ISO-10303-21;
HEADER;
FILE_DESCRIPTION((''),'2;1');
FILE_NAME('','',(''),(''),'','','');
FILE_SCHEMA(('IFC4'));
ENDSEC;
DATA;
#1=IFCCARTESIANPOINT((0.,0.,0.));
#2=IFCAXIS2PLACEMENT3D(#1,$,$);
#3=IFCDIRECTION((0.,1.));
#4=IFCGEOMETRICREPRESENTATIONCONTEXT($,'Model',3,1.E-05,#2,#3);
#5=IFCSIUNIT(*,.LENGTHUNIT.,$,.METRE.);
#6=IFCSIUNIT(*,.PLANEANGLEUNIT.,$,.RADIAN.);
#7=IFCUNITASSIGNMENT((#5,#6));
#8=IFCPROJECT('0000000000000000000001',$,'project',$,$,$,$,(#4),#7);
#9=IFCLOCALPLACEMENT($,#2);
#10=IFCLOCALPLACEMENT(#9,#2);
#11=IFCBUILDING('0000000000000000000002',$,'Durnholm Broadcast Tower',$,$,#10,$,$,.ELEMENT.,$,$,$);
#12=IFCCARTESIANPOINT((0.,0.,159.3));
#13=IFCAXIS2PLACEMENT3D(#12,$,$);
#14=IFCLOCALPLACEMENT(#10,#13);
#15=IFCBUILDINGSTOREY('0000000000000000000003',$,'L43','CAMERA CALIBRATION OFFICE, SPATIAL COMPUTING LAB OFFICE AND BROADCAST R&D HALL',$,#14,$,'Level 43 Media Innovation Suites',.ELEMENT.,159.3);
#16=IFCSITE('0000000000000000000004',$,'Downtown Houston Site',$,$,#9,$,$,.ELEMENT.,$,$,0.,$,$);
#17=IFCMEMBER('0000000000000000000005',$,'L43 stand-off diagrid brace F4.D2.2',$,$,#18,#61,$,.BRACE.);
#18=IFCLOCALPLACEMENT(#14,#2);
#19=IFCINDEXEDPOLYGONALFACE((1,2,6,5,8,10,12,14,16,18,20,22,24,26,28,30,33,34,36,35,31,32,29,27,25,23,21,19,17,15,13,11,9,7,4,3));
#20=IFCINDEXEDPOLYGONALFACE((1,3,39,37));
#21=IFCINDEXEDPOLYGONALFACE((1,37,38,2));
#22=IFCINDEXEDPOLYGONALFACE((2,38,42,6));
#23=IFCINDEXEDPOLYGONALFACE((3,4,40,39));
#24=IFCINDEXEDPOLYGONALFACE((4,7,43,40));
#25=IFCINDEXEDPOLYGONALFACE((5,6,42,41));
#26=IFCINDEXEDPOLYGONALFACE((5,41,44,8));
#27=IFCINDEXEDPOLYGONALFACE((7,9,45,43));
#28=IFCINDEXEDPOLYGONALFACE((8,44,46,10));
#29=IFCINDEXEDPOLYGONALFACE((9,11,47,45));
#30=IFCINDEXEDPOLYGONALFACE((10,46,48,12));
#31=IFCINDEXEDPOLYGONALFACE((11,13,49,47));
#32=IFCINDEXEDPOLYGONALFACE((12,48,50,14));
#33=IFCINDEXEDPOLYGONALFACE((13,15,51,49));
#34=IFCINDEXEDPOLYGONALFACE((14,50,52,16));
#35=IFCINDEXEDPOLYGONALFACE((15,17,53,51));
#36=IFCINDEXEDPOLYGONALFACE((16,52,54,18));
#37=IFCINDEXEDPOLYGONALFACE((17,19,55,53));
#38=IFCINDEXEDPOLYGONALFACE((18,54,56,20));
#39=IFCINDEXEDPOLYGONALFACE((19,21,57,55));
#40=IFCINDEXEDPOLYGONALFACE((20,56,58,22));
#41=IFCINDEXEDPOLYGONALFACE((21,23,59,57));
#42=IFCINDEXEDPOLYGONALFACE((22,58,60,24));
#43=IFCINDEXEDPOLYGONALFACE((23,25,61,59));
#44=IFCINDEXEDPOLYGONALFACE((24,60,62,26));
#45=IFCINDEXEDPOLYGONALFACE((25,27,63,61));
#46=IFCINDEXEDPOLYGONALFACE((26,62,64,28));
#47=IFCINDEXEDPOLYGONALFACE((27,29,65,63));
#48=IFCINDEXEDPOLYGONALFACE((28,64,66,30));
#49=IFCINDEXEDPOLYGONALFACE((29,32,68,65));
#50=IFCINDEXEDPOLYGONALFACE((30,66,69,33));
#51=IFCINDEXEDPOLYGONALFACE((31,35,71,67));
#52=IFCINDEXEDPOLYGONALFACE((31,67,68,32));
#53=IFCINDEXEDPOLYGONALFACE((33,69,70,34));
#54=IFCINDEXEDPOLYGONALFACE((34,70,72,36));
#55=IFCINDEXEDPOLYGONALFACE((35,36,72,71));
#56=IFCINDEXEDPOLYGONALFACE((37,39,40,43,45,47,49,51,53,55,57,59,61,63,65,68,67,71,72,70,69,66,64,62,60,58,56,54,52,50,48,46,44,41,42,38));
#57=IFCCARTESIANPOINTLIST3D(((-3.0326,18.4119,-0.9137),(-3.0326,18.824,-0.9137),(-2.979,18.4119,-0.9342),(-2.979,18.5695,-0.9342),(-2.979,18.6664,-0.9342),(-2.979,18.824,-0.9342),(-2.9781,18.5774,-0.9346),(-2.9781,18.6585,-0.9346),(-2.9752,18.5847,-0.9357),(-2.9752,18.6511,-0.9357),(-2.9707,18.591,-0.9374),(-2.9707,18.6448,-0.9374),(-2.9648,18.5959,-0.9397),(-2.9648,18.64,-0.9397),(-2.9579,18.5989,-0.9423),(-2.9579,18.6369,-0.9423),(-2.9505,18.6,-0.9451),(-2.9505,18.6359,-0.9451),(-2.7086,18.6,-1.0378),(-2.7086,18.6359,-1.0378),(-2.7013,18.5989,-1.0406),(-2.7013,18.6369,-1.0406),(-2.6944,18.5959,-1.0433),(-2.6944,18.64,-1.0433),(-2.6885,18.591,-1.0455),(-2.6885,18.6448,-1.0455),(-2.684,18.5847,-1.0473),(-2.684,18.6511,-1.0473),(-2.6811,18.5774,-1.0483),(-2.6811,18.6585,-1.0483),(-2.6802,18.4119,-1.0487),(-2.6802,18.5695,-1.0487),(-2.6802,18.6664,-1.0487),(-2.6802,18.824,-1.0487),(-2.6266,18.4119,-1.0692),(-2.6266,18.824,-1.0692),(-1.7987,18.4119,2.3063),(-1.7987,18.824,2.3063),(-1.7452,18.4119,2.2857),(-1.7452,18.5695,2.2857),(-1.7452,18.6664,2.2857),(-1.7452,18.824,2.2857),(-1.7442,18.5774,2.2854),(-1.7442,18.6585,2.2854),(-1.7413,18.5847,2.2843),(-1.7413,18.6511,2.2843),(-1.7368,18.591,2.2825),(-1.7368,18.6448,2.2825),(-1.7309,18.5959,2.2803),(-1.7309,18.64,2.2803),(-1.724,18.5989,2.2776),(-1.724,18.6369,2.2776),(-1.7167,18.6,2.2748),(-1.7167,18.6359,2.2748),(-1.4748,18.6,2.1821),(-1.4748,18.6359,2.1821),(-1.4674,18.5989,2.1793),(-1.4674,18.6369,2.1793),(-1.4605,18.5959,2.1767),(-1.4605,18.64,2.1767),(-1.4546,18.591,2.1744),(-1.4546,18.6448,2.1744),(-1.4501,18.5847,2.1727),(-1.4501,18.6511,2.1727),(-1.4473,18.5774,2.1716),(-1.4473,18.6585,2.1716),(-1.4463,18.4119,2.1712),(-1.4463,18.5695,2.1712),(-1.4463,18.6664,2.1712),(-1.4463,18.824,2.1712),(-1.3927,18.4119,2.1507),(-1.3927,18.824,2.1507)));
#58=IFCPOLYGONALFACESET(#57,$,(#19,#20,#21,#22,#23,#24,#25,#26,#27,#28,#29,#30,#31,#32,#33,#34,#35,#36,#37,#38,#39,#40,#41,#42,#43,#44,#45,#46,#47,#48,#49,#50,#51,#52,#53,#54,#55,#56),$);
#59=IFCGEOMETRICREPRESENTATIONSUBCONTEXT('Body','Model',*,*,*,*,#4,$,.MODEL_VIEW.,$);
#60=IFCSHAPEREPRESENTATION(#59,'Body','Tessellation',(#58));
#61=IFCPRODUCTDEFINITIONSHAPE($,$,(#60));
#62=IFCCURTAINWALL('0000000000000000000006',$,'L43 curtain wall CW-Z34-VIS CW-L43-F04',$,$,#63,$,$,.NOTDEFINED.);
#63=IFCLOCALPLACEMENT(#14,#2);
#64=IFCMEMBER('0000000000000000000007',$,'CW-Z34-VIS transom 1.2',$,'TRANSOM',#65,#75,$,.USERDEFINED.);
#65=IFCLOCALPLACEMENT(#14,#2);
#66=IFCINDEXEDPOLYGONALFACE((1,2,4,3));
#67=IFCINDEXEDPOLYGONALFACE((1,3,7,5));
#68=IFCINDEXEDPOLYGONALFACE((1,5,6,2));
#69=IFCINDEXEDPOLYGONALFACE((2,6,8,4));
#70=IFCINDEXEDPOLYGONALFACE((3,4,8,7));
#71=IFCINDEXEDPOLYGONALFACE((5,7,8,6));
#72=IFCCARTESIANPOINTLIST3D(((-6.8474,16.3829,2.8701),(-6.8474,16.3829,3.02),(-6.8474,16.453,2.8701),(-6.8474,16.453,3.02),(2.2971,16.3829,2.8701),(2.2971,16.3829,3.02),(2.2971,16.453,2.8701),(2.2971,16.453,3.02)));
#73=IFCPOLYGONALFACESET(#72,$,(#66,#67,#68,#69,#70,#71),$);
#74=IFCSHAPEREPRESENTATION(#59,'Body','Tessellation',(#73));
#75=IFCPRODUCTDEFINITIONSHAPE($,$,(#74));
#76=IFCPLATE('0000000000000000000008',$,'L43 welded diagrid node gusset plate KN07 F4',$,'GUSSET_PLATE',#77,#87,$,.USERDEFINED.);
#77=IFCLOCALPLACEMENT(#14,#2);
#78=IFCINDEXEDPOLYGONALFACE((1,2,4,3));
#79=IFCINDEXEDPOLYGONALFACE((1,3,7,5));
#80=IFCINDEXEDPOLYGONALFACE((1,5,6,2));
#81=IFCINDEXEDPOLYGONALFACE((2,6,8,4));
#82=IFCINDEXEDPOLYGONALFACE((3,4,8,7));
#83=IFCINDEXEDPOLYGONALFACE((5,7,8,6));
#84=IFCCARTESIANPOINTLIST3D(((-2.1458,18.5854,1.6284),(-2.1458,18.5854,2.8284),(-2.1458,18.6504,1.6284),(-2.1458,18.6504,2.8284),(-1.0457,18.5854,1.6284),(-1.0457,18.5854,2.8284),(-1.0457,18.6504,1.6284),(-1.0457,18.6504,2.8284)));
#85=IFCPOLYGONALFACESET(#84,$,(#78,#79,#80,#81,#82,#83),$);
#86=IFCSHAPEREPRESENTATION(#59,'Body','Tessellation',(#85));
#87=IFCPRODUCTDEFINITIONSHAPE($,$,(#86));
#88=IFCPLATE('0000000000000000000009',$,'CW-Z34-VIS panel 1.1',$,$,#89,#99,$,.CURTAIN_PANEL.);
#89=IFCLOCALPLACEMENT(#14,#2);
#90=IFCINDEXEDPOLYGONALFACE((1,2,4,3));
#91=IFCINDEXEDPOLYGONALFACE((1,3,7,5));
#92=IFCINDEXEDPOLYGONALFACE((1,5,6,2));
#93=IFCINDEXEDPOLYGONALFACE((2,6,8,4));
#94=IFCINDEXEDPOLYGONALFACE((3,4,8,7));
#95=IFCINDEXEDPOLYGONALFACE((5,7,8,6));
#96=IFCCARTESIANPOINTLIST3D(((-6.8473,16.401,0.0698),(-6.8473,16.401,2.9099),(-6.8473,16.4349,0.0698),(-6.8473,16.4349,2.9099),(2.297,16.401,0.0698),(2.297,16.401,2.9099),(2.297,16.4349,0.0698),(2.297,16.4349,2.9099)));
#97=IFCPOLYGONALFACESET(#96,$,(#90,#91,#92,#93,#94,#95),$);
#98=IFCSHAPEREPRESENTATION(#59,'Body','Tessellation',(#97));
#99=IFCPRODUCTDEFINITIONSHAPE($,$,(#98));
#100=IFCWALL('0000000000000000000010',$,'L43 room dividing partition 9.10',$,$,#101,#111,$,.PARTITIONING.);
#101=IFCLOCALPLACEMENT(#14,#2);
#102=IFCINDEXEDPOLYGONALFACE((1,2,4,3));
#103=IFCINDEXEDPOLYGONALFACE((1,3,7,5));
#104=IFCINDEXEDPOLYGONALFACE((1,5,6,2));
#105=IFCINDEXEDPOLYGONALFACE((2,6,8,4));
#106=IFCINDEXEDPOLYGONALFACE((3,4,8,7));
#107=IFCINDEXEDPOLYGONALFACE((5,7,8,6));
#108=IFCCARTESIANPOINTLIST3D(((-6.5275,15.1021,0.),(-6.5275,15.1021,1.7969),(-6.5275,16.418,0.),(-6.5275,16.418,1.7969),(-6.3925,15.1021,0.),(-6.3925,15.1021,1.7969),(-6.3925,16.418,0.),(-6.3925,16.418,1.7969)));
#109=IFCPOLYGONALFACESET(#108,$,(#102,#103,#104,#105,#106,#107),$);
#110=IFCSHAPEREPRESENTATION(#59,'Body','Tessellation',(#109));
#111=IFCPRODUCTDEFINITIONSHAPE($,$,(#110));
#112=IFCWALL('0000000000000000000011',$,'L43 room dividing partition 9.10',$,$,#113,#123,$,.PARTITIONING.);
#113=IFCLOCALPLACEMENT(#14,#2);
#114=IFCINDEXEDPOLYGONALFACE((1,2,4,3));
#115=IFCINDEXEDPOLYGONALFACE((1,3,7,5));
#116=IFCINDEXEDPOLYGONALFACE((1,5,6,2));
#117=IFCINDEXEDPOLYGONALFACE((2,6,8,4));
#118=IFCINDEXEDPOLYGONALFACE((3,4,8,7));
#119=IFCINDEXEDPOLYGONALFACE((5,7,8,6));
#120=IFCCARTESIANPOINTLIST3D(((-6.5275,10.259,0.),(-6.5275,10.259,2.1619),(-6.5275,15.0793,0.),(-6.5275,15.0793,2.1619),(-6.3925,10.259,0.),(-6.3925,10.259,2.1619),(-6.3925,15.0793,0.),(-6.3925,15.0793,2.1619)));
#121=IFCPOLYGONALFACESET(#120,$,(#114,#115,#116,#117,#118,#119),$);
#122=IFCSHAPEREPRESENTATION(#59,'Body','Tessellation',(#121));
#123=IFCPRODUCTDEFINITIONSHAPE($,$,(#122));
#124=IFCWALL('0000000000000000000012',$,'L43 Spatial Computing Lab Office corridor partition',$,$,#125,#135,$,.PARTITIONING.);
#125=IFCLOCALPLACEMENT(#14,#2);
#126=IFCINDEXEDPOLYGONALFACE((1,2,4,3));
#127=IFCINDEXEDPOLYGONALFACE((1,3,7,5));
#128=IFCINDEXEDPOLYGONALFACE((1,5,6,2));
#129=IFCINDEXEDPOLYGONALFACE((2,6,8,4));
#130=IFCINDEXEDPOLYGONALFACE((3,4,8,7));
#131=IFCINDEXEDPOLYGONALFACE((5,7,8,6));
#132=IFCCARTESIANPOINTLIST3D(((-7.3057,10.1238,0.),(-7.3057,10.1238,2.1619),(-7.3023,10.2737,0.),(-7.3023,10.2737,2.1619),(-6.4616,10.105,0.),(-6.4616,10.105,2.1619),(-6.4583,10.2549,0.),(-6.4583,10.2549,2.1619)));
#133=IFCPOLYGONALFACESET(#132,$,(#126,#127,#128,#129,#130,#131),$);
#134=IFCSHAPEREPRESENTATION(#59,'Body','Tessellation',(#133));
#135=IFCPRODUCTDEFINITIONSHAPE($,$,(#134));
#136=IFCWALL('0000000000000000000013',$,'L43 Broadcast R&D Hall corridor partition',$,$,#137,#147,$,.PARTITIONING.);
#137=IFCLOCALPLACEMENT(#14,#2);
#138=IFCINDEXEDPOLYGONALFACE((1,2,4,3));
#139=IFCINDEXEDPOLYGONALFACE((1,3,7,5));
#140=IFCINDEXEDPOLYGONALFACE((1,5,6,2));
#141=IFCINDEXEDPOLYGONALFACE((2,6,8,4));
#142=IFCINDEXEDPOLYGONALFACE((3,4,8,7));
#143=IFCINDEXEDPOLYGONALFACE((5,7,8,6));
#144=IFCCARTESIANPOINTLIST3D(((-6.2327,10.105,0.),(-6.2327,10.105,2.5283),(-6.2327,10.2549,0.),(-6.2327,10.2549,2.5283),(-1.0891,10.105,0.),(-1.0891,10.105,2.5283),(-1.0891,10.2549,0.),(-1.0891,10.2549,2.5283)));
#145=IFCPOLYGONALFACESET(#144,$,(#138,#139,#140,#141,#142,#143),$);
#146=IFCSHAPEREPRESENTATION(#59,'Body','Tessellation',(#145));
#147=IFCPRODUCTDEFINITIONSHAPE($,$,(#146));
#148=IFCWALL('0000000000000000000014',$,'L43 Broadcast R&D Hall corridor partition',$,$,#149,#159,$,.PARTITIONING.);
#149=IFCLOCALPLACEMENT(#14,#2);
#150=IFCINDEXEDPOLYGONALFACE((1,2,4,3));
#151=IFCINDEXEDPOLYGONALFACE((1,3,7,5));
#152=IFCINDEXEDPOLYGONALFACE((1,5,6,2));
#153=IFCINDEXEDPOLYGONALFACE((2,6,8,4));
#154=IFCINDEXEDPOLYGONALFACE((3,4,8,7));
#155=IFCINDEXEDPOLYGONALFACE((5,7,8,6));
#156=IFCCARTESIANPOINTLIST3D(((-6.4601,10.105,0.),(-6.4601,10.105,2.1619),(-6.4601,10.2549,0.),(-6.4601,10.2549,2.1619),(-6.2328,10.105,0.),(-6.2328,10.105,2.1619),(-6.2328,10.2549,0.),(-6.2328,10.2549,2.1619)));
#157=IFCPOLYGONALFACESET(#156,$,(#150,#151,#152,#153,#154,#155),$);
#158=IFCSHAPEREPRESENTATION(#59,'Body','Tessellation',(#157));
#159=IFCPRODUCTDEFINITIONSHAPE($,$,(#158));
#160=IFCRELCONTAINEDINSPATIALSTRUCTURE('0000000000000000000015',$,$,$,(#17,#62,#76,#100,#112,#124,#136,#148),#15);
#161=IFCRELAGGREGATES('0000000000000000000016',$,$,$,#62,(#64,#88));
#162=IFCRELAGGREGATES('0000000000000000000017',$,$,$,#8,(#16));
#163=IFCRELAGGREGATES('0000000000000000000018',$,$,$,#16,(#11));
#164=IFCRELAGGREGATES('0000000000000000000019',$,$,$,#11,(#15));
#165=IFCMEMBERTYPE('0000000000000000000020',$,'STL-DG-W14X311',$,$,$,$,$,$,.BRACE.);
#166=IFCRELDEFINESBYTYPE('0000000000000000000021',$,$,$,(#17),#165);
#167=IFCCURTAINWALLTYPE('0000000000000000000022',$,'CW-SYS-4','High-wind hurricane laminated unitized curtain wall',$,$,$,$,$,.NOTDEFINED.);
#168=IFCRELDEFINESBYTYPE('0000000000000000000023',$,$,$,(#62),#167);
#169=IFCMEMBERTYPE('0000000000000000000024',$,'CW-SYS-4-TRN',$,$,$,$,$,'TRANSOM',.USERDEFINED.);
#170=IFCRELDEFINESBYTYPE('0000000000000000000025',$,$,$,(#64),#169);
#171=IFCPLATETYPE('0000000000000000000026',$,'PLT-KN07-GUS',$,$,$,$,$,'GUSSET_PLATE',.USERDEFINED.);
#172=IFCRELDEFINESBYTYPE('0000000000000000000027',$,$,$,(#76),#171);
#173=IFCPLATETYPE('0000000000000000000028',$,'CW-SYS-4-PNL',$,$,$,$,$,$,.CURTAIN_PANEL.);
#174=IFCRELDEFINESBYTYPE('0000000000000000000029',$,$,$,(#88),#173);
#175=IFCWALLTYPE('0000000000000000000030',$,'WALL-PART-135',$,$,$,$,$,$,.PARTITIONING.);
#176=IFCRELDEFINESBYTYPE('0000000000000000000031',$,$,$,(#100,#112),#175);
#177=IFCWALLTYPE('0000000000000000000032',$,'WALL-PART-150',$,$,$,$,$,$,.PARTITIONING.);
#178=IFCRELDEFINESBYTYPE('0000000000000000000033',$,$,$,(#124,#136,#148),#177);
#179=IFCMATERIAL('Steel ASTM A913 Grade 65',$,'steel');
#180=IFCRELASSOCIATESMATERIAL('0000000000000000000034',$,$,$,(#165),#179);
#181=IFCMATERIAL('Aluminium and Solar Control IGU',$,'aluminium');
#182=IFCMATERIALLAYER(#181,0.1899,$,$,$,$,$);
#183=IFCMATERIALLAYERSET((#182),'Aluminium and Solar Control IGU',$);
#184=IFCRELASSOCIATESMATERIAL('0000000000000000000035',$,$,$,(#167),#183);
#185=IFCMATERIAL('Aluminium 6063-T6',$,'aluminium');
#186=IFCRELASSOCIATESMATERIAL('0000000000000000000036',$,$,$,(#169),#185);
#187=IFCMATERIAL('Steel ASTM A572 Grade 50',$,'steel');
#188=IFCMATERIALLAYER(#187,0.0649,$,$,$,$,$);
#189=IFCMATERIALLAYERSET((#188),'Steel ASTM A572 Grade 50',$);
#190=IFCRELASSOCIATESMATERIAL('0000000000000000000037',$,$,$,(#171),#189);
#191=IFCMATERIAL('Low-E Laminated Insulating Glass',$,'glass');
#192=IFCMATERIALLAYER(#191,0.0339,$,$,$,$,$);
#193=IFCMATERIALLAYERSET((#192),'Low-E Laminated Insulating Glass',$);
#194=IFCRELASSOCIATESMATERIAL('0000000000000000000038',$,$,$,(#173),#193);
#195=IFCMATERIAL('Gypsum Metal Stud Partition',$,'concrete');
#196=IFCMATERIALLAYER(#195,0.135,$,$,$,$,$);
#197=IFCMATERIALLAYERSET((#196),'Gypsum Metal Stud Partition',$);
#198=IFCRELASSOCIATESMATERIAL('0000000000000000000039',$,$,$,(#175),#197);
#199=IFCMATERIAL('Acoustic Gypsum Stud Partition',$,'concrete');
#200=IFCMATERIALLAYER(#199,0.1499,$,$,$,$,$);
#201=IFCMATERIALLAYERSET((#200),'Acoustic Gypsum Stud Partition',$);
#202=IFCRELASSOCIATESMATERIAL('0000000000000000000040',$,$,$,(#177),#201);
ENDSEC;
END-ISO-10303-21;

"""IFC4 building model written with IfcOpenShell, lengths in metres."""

from ifc_helpers import new_model, si_unit, direction, frame, frame_2d, origin, origin_2d, place, context, subcontext, project, spatial, rectangle, i_section, extrude, source, transform, mapped, material, layer, layer_set, material_profile, profile_set, type_object, type_shapes, element, aggregate, save


model = new_model("IFC4")

# Units and contexts
model_context = context("Model", 3, precision=1e-05, world=origin(), true_north=direction((0.0, 1.0)))
body_context = subcontext(model_context, "Body", "Model", "MODEL_VIEW")
ifc_project = project(units=[si_unit("LENGTHUNIT", "METRE"), si_unit("PLANEANGLEUNIT", "RADIAN")], contexts=[model_context])

# Site, building, storey
site_placement = place(None, origin())
site = spatial("IfcSite", under=ifc_project, at=site_placement, Name="Downtown Houston Site", CompositionType="ELEMENT", RefElevation=0.0)
building_placement = place(site_placement, origin())
building = spatial("IfcBuilding", under=site, at=building_placement, Name="Durnholm Broadcast Tower", CompositionType="ELEMENT")
storey_placement = place(building_placement, frame((0.0, 0.0, 159.3)))
storey = spatial("IfcBuildingStorey", under=building, at=storey_placement, Name="L43", Description="CAMERA CALIBRATION OFFICE, SPATIAL COMPUTING LAB OFFICE AND BROADCAST R&D HALL", LongName="Level 43 Media Innovation Suites", CompositionType="ELEMENT", Elevation=159.3)

# Member
ifc_material_1 = material(Name="Steel ASTM A913 Grade 65", Category="steel")
ifc_material_profile_1 = material_profile(ifc_material_1, i_section(OverallWidth=0.4121, OverallDepth=0.4348, WebThickness=0.0359, FlangeThickness=0.0574, FilletRadius=0.0305, at=origin_2d()), Name="W14X311")
ifc_profile_set_1 = profile_set([ifc_material_profile_1], Name="Steel ASTM A913 Grade 65")
member_type_1 = type_object("IfcMemberType", Name="STL-DG-W14X311", PredefinedType="BRACE", material=ifc_profile_set_1)
shared_shape_1 = source(origin(), body_context, "Body", "SweptSolid", [
    extrude(i_section(OverallWidth=0.4121, OverallDepth=0.4348, WebThickness=0.0359, FlangeThickness=0.0574, FilletRadius=0.0305, at=origin_2d()), origin(), (0.0, 0.0, 1.0), 3.4482),
])
type_shapes(member_type_1, [shared_shape_1])
for number, where, z_axis, x_axis, name in (
    (1, (-2.8296, 18.6179, -0.9915), (0.357826, 0.0, 0.933788), (0.0, 1.0, 0.0), "L43 stand-off diagrid brace F4.D2.2"),
):
    element("IfcMember", number, at=place(storey_placement, frame(where, z_axis=z_axis, x_axis=x_axis)), inside=storey, type_object=member_type_1, Name=name, PredefinedType="BRACE", context=body_context, shape_type="MappedRepresentation", body=[
        mapped(shared_shape_1, transform((0.0, 0.0, 0.0), x_axis=(1.0, 0.0, 0.0), y_axis=(0.0, 1.0, 0.0), z_axis=(0.0, 0.0, 1.0), scale=1.0)),
    ])

# Curtain wall, member
ifc_material_2 = material(Name="Aluminium and Solar Control IGU", Category="aluminium")
ifc_layer_1 = layer(ifc_material_2, 0.1899)
ifc_layer_set_1 = layer_set([ifc_layer_1], Name="Aluminium and Solar Control IGU")
curtain_wall_type = type_object("IfcCurtainWallType", Name="CW-SYS-4", Description="High-wind hurricane laminated unitized curtain wall", PredefinedType="NOTDEFINED", material=ifc_layer_set_1)
curtain_wall_placement = place(storey_placement, origin())
curtain_wall = element("IfcCurtainWall", 2, at=curtain_wall_placement, inside=storey, type_object=curtain_wall_type, Name="L43 curtain wall CW-Z34-VIS CW-L43-F04", PredefinedType="NOTDEFINED")
ifc_material_3 = material(Name="Aluminium 6063-T6", Category="aluminium")
ifc_material_profile_2 = material_profile(ifc_material_3, rectangle(XDim=0.0701, YDim=0.1499, at=origin_2d()), Name="CWT70X150")
ifc_profile_set_2 = profile_set([ifc_material_profile_2], Name="Aluminium 6063-T6")
member_type_2 = type_object("IfcMemberType", Name="CW-SYS-4-TRN", ElementType="TRANSOM", PredefinedType="USERDEFINED", material=ifc_profile_set_2)
shared_shape_2 = source(origin(), body_context, "Body", "SweptSolid", [
    extrude(rectangle(XDim=0.0701, YDim=0.1499, at=origin_2d()), origin(), (0.0, 0.0, 1.0), 9.1445),
])
type_shapes(member_type_2, [shared_shape_2])
member_placement = place(storey_placement, frame((-6.8474, 16.418, 2.9451), z_axis=(1.0, 0.0, 0.0), x_axis=(0.0, 1.0, 0.0)))
member = element("IfcMember", 3, at=member_placement, type_object=member_type_2, Name="CW-Z34-VIS transom 1.2", ObjectType="TRANSOM", PredefinedType="USERDEFINED", context=body_context, shape_type="MappedRepresentation", body=[
    mapped(shared_shape_2, transform((0.0, 0.0, 0.0), x_axis=(1.0, 0.0, 0.0), y_axis=(0.0, 1.0, 0.0), z_axis=(0.0, 0.0, 1.0), scale=1.0)),
])

# Plates
ifc_material_4 = material(Name="Steel ASTM A572 Grade 50", Category="steel")
ifc_layer_2 = layer(ifc_material_4, 0.0649)
ifc_layer_set_2 = layer_set([ifc_layer_2], Name="Steel ASTM A572 Grade 50")
plate_type_1 = type_object("IfcPlateType", Name="PLT-KN07-GUS", ElementType="GUSSET_PLATE", PredefinedType="USERDEFINED", material=ifc_layer_set_2)
shared_shape_3 = source(origin(), body_context, "Body", "SweptSolid", [
    extrude(rectangle(XDim=1.1001, YDim=0.0649, at=origin_2d()), origin(), (0.0, 0.0, 1.0), 1.2),
])
type_shapes(plate_type_1, [shared_shape_3])
plate_1_placement = place(storey_placement, frame((-1.5957, 18.6179, 1.6284), z_axis=(0.0, 0.0, 1.0), x_axis=(-1.0, 0.0, 0.0)))
element("IfcPlate", 4, at=plate_1_placement, inside=storey, type_object=plate_type_1, Name="L43 welded diagrid node gusset plate KN07 F4", ObjectType="GUSSET_PLATE", PredefinedType="USERDEFINED", context=body_context, shape_type="MappedRepresentation", body=[
    mapped(shared_shape_3, transform((0.0, 0.0, 0.0), x_axis=(1.0, 0.0, 0.0), y_axis=(0.0, 1.0, 0.0), z_axis=(0.0, 0.0, 1.0), scale=1.0)),
])
ifc_material_5 = material(Name="Low-E Laminated Insulating Glass", Category="glass")
ifc_layer_3 = layer(ifc_material_5, 0.0339)
ifc_layer_set_3 = layer_set([ifc_layer_3], Name="Low-E Laminated Insulating Glass")
plate_type_2 = type_object("IfcPlateType", Name="CW-SYS-4-PNL", PredefinedType="CURTAIN_PANEL", material=ifc_layer_set_3)
shared_shape_4 = source(origin(), body_context, "Body", "SweptSolid", [
    extrude(rectangle(XDim=9.1443, YDim=0.0339, at=origin_2d()), origin(), (0.0, 0.0, 1.0), 2.8401),
])
type_shapes(plate_type_2, [shared_shape_4])
plate_2_placement = place(storey_placement, frame((-2.2751, 16.418, 0.0698), z_axis=(0.0, 0.0, 1.0), x_axis=(1.0, 0.0, 0.0)))
plate_2 = element("IfcPlate", 5, at=plate_2_placement, type_object=plate_type_2, Name="CW-Z34-VIS panel 1.1", PredefinedType="CURTAIN_PANEL", context=body_context, shape_type="MappedRepresentation", body=[
    mapped(shared_shape_4, transform((0.0, 0.0, 0.0), x_axis=(1.0, 0.0, 0.0), y_axis=(0.0, 1.0, 0.0), z_axis=(0.0, 0.0, 1.0), scale=1.0)),
])
aggregate(curtain_wall, [member, plate_2])

# Walls
ifc_material_6 = material(Name="Gypsum Metal Stud Partition", Category="concrete")
ifc_layer_4 = layer(ifc_material_6, 0.135)
ifc_layer_set_4 = layer_set([ifc_layer_4], Name="Gypsum Metal Stud Partition")
wall_type_1 = type_object("IfcWallType", Name="WALL-PART-135", PredefinedType="PARTITIONING", material=ifc_layer_set_4)
wall_1_placement = place(storey_placement, frame((-6.46, 16.418, 0.0), z_axis=(0.0, 0.0, 1.0), x_axis=(0.0, -1.0, 0.0)))
element("IfcWall", 6, at=wall_1_placement, inside=storey, type_object=wall_type_1, Name="L43 room dividing partition 9.10", PredefinedType="PARTITIONING", context=body_context, shape_type="SweptSolid", body=[
    extrude(rectangle(XDim=1.3159, YDim=0.135, at=frame_2d((0.658, 0.0))), origin(), (0.0, 0.0, 1.0), 1.7969),
])
wall_2_placement = place(storey_placement, frame((-6.46, 15.0793, 0.0), z_axis=(0.0, 0.0, 1.0), x_axis=(0.0, -1.0, 0.0)))
element("IfcWall", 7, at=wall_2_placement, inside=storey, type_object=wall_type_1, Name="L43 room dividing partition 9.10", PredefinedType="PARTITIONING", context=body_context, shape_type="SweptSolid", body=[
    extrude(rectangle(XDim=4.8203, YDim=0.135, at=frame_2d((2.4102, 0.0))), origin(), (0.0, 0.0, 1.0), 2.1619),
])
ifc_material_7 = material(Name="Acoustic Gypsum Stud Partition", Category="concrete")
ifc_layer_5 = layer(ifc_material_7, 0.1499)
ifc_layer_set_5 = layer_set([ifc_layer_5], Name="Acoustic Gypsum Stud Partition")
wall_type_2 = type_object("IfcWallType", Name="WALL-PART-150", PredefinedType="PARTITIONING", material=ifc_layer_set_5)
wall_3_placement = place(storey_placement, frame((-6.46, 10.1799, 0.0), z_axis=(0.0, 0.0, 1.0), x_axis=(-0.999752, 0.022268, 0.0)))
element("IfcWall", 8, at=wall_3_placement, inside=storey, type_object=wall_type_2, Name="L43 Spatial Computing Lab Office corridor partition", PredefinedType="PARTITIONING", context=body_context, shape_type="SweptSolid", body=[
    extrude(rectangle(XDim=0.8442, YDim=0.1499, at=frame_2d((0.4221, 0.0))), origin(), (0.0, 0.0, 1.0), 2.1619),
])

# Walls
wall_4_placement = place(storey_placement, frame((-1.0891, 10.1799, 0.0), z_axis=(0.0, 0.0, 1.0), x_axis=(-1.0, 0.0, 0.0)))
element("IfcWall", 9, at=wall_4_placement, inside=storey, type_object=wall_type_2, Name="L43 Broadcast R&D Hall corridor partition", PredefinedType="PARTITIONING", context=body_context, shape_type="SweptSolid", body=[
    extrude(rectangle(XDim=5.1436, YDim=0.1499, at=frame_2d((2.5718, 0.0))), origin(), (0.0, 0.0, 1.0), 2.5283),
])
wall_5_placement = place(storey_placement, frame((-6.2327, 10.1799, 0.0), z_axis=(0.0, 0.0, 1.0), x_axis=(-1.0, 0.0, 0.0)))
element("IfcWall", 10, at=wall_5_placement, inside=storey, type_object=wall_type_2, Name="L43 Broadcast R&D Hall corridor partition", PredefinedType="PARTITIONING", context=body_context, shape_type="SweptSolid", body=[
    extrude(rectangle(XDim=0.2273, YDim=0.1499, at=frame_2d((0.1138, 0.0))), origin(), (0.0, 0.0, 1.0), 2.1619),
])

save(model, "model.ifc")
